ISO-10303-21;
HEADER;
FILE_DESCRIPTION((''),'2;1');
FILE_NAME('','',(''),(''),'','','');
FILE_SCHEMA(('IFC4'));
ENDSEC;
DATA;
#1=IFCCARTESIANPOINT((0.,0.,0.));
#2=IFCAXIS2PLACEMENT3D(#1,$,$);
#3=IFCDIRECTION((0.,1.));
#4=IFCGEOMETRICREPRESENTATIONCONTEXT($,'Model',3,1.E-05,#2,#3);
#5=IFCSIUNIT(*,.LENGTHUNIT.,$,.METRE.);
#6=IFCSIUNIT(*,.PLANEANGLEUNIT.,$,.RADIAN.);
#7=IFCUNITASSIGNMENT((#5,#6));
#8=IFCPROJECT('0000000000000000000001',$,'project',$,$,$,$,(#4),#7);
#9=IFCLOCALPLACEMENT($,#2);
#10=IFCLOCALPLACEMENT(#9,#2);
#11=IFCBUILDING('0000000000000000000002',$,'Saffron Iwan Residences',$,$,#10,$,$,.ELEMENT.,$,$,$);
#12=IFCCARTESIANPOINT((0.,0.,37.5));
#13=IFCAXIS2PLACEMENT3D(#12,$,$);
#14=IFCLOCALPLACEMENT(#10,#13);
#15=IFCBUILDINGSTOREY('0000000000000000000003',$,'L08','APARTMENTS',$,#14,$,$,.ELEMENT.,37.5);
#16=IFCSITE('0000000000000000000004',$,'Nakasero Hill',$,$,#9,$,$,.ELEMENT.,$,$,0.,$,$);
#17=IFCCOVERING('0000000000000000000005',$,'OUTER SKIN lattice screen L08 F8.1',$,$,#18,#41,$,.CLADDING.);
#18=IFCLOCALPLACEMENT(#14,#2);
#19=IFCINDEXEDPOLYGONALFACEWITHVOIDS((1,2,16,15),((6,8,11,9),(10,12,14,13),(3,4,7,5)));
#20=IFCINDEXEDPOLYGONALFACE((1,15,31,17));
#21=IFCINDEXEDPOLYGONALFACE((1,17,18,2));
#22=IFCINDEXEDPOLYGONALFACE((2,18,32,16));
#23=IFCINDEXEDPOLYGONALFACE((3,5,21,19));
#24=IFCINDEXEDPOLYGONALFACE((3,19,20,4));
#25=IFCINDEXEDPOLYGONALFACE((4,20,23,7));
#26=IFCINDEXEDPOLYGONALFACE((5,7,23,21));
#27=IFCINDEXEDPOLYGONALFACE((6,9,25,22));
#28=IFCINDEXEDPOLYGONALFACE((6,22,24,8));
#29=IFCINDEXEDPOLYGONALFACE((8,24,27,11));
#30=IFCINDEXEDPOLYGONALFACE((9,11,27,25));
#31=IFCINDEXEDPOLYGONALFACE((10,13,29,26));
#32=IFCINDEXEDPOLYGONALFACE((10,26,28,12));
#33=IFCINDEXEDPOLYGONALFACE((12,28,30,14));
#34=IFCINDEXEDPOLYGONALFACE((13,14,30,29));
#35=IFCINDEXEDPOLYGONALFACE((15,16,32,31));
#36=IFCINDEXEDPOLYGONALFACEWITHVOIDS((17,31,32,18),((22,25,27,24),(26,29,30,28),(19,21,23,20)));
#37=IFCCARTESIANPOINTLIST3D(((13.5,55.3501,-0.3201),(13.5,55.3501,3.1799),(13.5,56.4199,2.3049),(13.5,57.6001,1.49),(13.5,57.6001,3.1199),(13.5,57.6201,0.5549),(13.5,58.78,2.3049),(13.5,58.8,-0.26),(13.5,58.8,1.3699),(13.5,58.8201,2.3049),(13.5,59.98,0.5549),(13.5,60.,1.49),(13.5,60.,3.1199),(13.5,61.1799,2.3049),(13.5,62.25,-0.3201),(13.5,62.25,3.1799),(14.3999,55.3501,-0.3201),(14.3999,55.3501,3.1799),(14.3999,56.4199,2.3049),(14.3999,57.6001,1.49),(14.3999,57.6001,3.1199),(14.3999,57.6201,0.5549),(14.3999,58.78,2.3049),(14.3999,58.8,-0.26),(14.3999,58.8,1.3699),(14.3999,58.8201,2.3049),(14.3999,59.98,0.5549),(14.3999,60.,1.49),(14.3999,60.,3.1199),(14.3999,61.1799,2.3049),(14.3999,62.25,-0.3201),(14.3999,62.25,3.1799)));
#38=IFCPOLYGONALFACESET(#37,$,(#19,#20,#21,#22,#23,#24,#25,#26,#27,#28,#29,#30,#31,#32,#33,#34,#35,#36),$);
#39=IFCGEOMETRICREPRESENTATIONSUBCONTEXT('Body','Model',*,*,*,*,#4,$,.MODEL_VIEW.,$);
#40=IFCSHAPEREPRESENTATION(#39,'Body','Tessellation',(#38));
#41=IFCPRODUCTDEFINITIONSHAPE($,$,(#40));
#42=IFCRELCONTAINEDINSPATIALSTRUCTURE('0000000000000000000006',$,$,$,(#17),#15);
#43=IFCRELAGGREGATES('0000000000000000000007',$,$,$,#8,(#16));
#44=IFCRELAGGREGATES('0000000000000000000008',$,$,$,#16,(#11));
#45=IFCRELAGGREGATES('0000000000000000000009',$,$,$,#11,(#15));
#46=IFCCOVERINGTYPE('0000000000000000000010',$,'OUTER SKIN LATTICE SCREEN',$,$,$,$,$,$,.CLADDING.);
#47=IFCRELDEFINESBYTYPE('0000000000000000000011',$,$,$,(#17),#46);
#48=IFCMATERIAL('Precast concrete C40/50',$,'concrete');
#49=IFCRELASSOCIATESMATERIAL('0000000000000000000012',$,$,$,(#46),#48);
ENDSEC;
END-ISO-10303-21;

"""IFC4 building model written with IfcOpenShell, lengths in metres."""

from ifc_helpers import new_model, si_unit, direction, frame, origin, place, context, subcontext, project, spatial, polyline, outline, extrude, material, type_object, element, save


model = new_model("IFC4")

# Units and contexts
model_context = context("Model", 3, precision=1e-05, world=origin(), true_north=direction((0.0, 1.0)))
body_context = subcontext(model_context, "Body", "Model", "MODEL_VIEW")
ifc_project = project(units=[si_unit("LENGTHUNIT", "METRE"), si_unit("PLANEANGLEUNIT", "RADIAN")], contexts=[model_context])

# Site, building, storey
site_placement = place(None, origin())
site = spatial("IfcSite", under=ifc_project, at=site_placement, Name="Nakasero Hill", CompositionType="ELEMENT", RefElevation=0.0)
building_placement = place(site_placement, origin())
building = spatial("IfcBuilding", under=site, at=building_placement, Name="Saffron Iwan Residences", CompositionType="ELEMENT")
storey_placement = place(building_placement, frame((0.0, 0.0, 37.5)))
storey = spatial("IfcBuildingStorey", under=building, at=storey_placement, Name="L08", Description="APARTMENTS", CompositionType="ELEMENT", Elevation=37.5)

# Covering
ifc_material_1 = material(Name="Precast concrete C40/50", Category="concrete")
covering_type = type_object("IfcCoveringType", Name="OUTER SKIN LATTICE SCREEN", PredefinedType="CLADDING", material=ifc_material_1)
covering_placement = place(storey_placement, frame((14.3999, 62.25, -0.3201), z_axis=(-1.0, 0.0, 0.0), x_axis=(0.0, -1.0, 0.0)))
element("IfcCovering", 1, at=covering_placement, inside=storey, type_object=covering_type, Name="OUTER SKIN lattice screen L08 F8.1", PredefinedType="CLADDING", context=body_context, shape_type="SweptSolid", body=[
    extrude(outline(polyline([(0.0, 0.0), (6.8999, 0.0), (6.8999, 3.5), (0.0, 3.5), (0.0, 0.0)]), holes=[polyline([(2.27, 0.875), (3.45, 0.0601), (4.6299, 0.875), (3.45, 1.6899), (2.27, 0.875)]), polyline([(1.0701, 2.625), (2.25, 1.8101), (3.4299, 2.625), (2.25, 3.4399), (1.0701, 2.625)]), polyline([(3.47, 2.625), (4.6499, 1.8101), (5.8301, 2.625), (4.6499, 3.4399), (3.47, 2.625)])]), origin(), (0.0, 0.0, 1.0), 0.8999),
])

save(model, "model.ifc")
